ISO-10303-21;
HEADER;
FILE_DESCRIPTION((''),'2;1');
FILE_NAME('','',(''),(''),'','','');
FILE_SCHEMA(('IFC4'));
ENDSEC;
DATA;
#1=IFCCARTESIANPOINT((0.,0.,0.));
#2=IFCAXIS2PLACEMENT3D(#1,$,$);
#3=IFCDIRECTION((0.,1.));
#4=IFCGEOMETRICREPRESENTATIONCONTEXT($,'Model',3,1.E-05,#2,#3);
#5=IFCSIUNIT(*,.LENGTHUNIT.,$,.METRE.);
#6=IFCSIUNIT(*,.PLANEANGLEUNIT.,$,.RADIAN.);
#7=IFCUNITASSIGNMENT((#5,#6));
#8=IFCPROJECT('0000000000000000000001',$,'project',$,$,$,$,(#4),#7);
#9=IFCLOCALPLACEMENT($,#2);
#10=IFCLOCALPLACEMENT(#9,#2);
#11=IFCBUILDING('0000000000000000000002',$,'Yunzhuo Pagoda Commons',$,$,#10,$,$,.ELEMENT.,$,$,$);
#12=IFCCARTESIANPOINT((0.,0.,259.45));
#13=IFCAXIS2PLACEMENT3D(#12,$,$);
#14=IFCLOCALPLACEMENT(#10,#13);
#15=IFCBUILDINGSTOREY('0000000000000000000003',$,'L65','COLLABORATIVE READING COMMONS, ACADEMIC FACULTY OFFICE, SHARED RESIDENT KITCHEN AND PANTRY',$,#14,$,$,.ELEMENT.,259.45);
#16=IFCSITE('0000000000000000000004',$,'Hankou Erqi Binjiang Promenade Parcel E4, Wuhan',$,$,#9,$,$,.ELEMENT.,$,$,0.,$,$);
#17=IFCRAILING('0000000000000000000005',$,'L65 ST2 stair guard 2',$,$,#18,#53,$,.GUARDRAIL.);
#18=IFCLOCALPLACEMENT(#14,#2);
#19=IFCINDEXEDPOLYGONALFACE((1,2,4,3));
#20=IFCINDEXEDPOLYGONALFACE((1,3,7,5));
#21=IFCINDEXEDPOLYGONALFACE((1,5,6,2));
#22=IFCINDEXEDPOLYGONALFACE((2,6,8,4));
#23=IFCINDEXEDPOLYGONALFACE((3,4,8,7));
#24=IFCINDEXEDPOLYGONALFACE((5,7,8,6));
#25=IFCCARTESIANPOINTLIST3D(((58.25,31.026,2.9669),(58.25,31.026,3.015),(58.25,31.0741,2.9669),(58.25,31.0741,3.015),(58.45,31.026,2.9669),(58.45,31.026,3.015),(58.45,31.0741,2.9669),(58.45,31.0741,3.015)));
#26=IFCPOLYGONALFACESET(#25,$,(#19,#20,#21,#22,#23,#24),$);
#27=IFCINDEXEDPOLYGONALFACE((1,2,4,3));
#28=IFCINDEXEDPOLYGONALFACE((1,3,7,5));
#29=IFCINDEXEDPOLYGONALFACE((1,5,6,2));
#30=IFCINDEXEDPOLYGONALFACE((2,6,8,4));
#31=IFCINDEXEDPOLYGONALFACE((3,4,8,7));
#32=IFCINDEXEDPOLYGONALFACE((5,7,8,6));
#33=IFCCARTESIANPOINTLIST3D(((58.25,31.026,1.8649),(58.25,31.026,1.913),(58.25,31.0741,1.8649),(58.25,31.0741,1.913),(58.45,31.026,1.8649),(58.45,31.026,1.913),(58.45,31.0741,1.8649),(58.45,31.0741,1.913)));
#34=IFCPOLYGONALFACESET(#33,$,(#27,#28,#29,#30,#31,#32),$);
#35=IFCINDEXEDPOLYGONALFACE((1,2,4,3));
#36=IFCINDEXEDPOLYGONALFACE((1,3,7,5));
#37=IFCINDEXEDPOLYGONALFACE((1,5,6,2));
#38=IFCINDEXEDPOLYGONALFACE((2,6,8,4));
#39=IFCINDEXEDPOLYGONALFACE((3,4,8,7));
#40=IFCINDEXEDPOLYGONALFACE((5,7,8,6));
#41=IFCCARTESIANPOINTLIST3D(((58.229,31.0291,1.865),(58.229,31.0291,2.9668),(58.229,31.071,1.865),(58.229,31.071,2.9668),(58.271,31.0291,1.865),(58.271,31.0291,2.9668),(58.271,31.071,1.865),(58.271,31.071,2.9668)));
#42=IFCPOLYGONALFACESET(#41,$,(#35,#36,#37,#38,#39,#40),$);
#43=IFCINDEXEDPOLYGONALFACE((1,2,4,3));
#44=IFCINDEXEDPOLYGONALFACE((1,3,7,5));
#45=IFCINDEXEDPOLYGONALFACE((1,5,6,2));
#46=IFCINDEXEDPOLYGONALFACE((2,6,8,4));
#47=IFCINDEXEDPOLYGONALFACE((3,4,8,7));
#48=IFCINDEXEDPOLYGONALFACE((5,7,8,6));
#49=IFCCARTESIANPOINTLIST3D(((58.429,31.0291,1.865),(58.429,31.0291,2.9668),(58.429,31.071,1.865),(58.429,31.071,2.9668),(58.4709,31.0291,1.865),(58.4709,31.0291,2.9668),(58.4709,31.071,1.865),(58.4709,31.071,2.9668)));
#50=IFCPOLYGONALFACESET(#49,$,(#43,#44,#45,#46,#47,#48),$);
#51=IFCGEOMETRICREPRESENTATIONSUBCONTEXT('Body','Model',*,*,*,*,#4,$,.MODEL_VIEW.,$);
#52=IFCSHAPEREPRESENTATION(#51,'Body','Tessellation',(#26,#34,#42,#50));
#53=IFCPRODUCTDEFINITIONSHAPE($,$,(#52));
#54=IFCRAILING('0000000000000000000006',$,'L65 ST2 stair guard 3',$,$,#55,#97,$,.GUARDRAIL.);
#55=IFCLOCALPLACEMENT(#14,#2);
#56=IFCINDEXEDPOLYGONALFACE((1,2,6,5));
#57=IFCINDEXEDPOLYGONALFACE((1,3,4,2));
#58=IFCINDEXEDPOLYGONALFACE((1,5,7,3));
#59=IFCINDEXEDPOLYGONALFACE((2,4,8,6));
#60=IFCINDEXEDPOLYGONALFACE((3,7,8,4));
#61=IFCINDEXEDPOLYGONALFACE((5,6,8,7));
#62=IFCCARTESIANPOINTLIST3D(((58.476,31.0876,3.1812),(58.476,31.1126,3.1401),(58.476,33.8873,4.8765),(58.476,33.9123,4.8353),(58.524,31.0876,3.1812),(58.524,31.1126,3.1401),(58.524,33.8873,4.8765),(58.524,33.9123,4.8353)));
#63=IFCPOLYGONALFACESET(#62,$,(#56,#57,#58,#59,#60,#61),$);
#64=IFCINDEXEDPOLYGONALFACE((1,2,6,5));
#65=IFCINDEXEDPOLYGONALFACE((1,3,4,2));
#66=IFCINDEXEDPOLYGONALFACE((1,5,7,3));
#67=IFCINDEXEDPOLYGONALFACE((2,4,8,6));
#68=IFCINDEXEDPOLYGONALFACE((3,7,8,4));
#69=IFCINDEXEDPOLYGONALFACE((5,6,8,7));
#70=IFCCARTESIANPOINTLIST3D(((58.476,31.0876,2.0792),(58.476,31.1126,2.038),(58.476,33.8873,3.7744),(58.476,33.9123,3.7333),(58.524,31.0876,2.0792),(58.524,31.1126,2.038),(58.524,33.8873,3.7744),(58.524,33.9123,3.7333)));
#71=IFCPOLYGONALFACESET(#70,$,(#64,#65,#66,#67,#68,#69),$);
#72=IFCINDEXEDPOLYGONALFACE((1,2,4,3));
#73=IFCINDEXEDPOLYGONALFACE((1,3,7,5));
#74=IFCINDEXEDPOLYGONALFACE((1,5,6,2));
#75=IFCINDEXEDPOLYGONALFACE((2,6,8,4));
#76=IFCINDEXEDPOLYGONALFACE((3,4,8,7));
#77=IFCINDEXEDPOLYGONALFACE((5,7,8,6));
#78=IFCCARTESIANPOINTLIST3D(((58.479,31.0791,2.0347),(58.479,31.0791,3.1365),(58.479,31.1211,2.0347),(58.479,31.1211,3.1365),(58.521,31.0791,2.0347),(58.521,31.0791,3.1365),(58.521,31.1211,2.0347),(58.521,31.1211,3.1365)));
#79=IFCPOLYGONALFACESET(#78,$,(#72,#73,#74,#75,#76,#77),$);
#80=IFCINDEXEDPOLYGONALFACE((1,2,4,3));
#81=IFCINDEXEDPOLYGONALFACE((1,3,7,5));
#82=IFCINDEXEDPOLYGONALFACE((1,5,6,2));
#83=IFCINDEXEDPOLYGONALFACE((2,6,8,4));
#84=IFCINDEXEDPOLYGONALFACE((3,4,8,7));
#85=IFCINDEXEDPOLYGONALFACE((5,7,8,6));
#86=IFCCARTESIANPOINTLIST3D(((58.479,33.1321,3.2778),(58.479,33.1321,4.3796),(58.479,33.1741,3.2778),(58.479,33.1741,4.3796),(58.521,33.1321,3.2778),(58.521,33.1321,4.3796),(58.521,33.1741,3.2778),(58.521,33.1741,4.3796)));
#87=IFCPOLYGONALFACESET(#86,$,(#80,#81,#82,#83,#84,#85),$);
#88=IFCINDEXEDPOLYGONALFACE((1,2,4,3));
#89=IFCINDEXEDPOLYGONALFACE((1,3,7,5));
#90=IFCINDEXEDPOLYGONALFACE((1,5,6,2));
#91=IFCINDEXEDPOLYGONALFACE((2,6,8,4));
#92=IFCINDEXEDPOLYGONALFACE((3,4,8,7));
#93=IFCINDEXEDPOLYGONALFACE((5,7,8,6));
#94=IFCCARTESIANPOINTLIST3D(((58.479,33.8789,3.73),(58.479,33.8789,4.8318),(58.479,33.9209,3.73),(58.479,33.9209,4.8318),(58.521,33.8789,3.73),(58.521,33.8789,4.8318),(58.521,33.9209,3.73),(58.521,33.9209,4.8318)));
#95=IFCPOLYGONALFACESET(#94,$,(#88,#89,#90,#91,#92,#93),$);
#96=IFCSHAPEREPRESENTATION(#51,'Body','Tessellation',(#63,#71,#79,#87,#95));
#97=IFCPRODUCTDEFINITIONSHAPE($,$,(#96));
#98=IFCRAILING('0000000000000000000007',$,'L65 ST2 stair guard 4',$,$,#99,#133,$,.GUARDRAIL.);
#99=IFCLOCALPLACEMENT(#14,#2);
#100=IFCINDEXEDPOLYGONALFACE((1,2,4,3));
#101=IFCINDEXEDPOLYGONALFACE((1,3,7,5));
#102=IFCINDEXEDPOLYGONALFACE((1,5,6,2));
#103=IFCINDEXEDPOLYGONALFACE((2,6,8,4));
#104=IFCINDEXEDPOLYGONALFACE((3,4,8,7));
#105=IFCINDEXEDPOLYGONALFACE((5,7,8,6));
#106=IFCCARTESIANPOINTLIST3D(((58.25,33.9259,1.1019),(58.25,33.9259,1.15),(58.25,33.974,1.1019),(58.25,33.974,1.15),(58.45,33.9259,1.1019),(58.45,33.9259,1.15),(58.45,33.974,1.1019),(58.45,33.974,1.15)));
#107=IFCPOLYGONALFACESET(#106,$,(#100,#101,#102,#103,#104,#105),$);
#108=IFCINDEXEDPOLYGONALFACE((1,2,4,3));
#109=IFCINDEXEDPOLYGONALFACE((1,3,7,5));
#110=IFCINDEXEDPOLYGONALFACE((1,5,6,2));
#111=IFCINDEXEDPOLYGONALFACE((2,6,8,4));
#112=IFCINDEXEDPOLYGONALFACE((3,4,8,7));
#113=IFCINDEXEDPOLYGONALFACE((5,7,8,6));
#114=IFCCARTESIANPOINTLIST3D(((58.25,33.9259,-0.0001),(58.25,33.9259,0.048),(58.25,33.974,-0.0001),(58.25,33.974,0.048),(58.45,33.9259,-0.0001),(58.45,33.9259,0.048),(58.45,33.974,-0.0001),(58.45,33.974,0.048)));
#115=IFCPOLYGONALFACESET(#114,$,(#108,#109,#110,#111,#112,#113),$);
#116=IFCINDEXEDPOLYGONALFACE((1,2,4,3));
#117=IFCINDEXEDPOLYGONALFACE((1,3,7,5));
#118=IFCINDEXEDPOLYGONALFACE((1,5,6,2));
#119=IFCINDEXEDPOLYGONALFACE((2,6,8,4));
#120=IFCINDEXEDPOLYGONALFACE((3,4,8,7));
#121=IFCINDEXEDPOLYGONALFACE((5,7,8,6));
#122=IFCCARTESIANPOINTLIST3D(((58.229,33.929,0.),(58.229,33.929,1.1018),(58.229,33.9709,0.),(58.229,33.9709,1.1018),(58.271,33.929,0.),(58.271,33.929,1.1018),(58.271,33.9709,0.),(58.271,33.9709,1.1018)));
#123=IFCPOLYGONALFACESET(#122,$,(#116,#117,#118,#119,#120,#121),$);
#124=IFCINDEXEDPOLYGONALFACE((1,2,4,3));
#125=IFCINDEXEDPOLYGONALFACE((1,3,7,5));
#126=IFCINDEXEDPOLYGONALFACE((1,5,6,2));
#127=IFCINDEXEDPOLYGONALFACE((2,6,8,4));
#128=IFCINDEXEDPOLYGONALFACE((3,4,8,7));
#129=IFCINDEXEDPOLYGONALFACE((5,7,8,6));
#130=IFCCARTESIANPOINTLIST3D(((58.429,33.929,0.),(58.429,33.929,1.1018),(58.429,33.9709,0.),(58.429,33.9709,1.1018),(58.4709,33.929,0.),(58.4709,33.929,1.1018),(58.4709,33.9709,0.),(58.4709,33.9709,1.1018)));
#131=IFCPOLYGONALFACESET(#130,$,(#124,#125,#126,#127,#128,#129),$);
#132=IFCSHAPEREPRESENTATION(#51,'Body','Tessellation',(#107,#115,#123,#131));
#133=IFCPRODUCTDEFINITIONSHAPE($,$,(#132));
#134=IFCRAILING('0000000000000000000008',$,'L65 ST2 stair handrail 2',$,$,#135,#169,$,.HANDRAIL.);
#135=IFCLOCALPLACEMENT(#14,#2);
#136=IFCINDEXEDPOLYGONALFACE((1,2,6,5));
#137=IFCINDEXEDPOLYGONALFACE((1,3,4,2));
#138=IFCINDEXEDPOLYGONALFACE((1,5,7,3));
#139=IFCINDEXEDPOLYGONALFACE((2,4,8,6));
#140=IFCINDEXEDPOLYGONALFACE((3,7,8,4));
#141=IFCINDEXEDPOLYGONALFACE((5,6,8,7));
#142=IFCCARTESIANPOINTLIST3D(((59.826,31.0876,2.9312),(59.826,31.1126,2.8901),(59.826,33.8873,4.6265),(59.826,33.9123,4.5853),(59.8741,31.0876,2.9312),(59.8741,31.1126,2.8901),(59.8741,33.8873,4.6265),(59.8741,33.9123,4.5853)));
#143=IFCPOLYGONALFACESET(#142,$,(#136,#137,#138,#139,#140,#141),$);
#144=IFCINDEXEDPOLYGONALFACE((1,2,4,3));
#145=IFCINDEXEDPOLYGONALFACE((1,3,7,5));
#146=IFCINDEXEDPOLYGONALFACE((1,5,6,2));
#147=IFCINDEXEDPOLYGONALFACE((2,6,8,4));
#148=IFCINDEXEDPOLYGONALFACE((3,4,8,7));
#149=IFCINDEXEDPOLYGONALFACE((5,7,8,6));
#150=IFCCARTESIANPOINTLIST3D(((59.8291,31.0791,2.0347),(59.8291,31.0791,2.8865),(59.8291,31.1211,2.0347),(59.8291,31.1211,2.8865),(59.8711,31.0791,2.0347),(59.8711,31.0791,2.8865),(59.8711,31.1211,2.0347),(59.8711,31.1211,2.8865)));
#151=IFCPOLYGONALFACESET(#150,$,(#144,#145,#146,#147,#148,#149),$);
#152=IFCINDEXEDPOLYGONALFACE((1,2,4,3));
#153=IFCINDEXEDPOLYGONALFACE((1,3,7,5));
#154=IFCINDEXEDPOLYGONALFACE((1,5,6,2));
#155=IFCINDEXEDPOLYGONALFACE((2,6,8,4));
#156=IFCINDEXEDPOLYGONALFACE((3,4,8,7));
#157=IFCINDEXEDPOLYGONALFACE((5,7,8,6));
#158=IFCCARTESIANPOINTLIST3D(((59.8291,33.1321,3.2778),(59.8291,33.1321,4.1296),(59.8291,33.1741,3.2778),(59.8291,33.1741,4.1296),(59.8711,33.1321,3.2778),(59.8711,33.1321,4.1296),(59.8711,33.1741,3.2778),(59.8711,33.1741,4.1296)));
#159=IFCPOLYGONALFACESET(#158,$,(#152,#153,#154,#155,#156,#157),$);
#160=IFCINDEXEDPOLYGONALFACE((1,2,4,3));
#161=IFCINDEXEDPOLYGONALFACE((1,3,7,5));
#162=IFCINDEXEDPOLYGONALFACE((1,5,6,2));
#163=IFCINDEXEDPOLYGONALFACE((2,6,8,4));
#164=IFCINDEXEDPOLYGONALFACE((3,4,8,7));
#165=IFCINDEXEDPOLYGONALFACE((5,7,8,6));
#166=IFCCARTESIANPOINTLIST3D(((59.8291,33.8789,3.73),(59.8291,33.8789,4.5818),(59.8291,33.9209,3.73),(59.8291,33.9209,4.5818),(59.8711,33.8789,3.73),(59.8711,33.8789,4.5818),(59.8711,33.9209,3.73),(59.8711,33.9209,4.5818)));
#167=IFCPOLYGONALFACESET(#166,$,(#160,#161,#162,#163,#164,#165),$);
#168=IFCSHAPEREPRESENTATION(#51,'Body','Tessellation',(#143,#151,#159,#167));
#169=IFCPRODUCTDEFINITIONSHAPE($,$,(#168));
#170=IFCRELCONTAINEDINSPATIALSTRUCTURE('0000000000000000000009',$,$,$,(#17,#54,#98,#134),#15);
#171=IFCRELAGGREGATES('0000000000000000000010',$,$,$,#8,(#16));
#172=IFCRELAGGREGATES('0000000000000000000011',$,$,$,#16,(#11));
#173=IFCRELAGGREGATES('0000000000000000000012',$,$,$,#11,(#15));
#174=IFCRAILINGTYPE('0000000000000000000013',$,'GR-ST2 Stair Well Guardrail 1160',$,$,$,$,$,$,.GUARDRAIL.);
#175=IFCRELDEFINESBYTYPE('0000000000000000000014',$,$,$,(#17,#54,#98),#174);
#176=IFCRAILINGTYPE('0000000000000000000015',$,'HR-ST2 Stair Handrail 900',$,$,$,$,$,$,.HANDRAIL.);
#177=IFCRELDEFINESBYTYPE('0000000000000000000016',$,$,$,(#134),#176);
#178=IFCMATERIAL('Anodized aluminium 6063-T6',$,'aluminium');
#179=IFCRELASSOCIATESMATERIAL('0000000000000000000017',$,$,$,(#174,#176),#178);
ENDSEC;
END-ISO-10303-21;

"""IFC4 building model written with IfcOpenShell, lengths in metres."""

from ifc_helpers import new_model, si_unit, direction, frame, origin, origin_2d, place, context, subcontext, project, spatial, rectangle, extrude, material, type_object, element, save


model = new_model("IFC4")

# Units and contexts
model_context = context("Model", 3, precision=1e-05, world=origin(), true_north=direction((0.0, 1.0)))
body_context = subcontext(model_context, "Body", "Model", "MODEL_VIEW")
ifc_project = project(units=[si_unit("LENGTHUNIT", "METRE"), si_unit("PLANEANGLEUNIT", "RADIAN")], contexts=[model_context])

# Site, building, storey
site_placement = place(None, origin())
site = spatial("IfcSite", under=ifc_project, at=site_placement, Name="Hankou Erqi Binjiang Promenade Parcel E4, Wuhan", CompositionType="ELEMENT", RefElevation=0.0)
building_placement = place(site_placement, origin())
building = spatial("IfcBuilding", under=site, at=building_placement, Name="Yunzhuo Pagoda Commons", CompositionType="ELEMENT")
storey_placement = place(building_placement, frame((0.0, 0.0, 259.45)))
storey = spatial("IfcBuildingStorey", under=building, at=storey_placement, Name="L65", Description="COLLABORATIVE READING COMMONS, ACADEMIC FACULTY OFFICE, SHARED RESIDENT KITCHEN AND PANTRY", CompositionType="ELEMENT", Elevation=259.45)

# Shared definitions
ifc_material_1 = material(Name="Anodized aluminium 6063-T6", Category="aluminium")

# Railings
railing_type_1 = type_object("IfcRailingType", Name="GR-ST2 Stair Well Guardrail 1160", PredefinedType="GUARDRAIL", material=ifc_material_1)
railing_1_placement = place(storey_placement, frame((58.25, 31.05, 1.865)))
element("IfcRailing", 1, at=railing_1_placement, inside=storey, type_object=railing_type_1, Name="L65 ST2 stair guard 2", PredefinedType="GUARDRAIL", context=body_context, shape_type="SweptSolid", body=[
    extrude(rectangle(XDim=0.0481, YDim=0.0481, at=origin_2d()), frame((0.0, 0.0, 1.126), z_axis=(1.0, 0.0, 0.0), x_axis=(0.0, 1.0, 0.0)), (0.0, 0.0, 1.0), 0.2),
    extrude(rectangle(XDim=0.0481, YDim=0.0481, at=origin_2d()), frame((0.0, 0.0, 0.0239), z_axis=(1.0, 0.0, 0.0), x_axis=(0.0, 1.0, 0.0)), (0.0, 0.0, 1.0), 0.2),
    extrude(rectangle(XDim=0.042, YDim=0.042, at=origin_2d()), origin(), (0.0, 0.0, 1.0), 1.1018),
    extrude(rectangle(XDim=0.042, YDim=0.042, at=origin_2d()), frame((0.2, 0.0, 0.0)), (0.0, 0.0, 1.0), 1.1018),
])
railing_2_placement = place(storey_placement, frame((58.5, 31.1001, 2.0347)))
element("IfcRailing", 2, at=railing_2_placement, inside=storey, type_object=railing_type_1, Name="L65 ST2 stair guard 3", PredefinedType="GUARDRAIL", context=body_context, shape_type="SweptSolid", body=[
    extrude(rectangle(XDim=0.0481, YDim=0.0481, at=origin_2d()), frame((0.0, 0.0, 1.126), z_axis=(0.0, 0.855406, 0.517958), x_axis=(-1.0, 0.0, 0.0)), (0.0, 0.0, 1.0), 3.2729),
    extrude(rectangle(XDim=0.0481, YDim=0.0481, at=origin_2d()), frame((0.0, 0.0, 0.0239), z_axis=(0.0, 0.855406, 0.517958), x_axis=(-1.0, 0.0, 0.0)), (0.0, 0.0, 1.0), 3.2729),
    extrude(rectangle(XDim=0.042, YDim=0.042, at=origin_2d()), origin(), (0.0, 0.0, 1.0), 1.1018),
    extrude(rectangle(XDim=0.042, YDim=0.042, at=origin_2d()), frame((0.0, 2.053, 1.2432)), (0.0, 0.0, 1.0), 1.1018),
    extrude(rectangle(XDim=0.042, YDim=0.042, at=origin_2d()), frame((0.0, 2.7998, 1.6953)), (0.0, 0.0, 1.0), 1.1018),
])
railing_3_placement = place(storey_placement, frame((58.25, 33.95, 0.0)))
element("IfcRailing", 3, at=railing_3_placement, inside=storey, type_object=railing_type_1, Name="L65 ST2 stair guard 4", PredefinedType="GUARDRAIL", context=body_context, shape_type="SweptSolid", body=[
    extrude(rectangle(XDim=0.0481, YDim=0.0481, at=origin_2d()), frame((0.0, 0.0, 1.126), z_axis=(1.0, 0.0, 0.0), x_axis=(0.0, 1.0, 0.0)), (0.0, 0.0, 1.0), 0.2),
    extrude(rectangle(XDim=0.0481, YDim=0.0481, at=origin_2d()), frame((0.0, 0.0, 0.0239), z_axis=(1.0, 0.0, 0.0), x_axis=(0.0, 1.0, 0.0)), (0.0, 0.0, 1.0), 0.2),
    extrude(rectangle(XDim=0.042, YDim=0.042, at=origin_2d()), origin(), (0.0, 0.0, 1.0), 1.1018),
    extrude(rectangle(XDim=0.042, YDim=0.042, at=origin_2d()), frame((0.2, 0.0, 0.0)), (0.0, 0.0, 1.0), 1.1018),
])
railing_type_2 = type_object("IfcRailingType", Name="HR-ST2 Stair Handrail 900", PredefinedType="HANDRAIL", material=ifc_material_1)
railing_4_placement = place(storey_placement, frame((59.8501, 31.1001, 2.0347)))
element("IfcRailing", 4, at=railing_4_placement, inside=storey, type_object=railing_type_2, Name="L65 ST2 stair handrail 2", PredefinedType="HANDRAIL", context=body_context, shape_type="SweptSolid", body=[
    extrude(rectangle(XDim=0.0481, YDim=0.0481, at=origin_2d()), frame((0.0, 0.0, 0.876), z_axis=(0.0, 0.855406, 0.517958), x_axis=(-1.0, 0.0, 0.0)), (0.0, 0.0, 1.0), 3.2729),
    extrude(rectangle(XDim=0.042, YDim=0.042, at=origin_2d()), origin(), (0.0, 0.0, 1.0), 0.8518),
    extrude(rectangle(XDim=0.042, YDim=0.042, at=origin_2d()), frame((0.0, 2.053, 1.2432)), (0.0, 0.0, 1.0), 0.8518),
    extrude(rectangle(XDim=0.042, YDim=0.042, at=origin_2d()), frame((0.0, 2.7998, 1.6953)), (0.0, 0.0, 1.0), 0.8518),
])

save(model, "model.ifc")
